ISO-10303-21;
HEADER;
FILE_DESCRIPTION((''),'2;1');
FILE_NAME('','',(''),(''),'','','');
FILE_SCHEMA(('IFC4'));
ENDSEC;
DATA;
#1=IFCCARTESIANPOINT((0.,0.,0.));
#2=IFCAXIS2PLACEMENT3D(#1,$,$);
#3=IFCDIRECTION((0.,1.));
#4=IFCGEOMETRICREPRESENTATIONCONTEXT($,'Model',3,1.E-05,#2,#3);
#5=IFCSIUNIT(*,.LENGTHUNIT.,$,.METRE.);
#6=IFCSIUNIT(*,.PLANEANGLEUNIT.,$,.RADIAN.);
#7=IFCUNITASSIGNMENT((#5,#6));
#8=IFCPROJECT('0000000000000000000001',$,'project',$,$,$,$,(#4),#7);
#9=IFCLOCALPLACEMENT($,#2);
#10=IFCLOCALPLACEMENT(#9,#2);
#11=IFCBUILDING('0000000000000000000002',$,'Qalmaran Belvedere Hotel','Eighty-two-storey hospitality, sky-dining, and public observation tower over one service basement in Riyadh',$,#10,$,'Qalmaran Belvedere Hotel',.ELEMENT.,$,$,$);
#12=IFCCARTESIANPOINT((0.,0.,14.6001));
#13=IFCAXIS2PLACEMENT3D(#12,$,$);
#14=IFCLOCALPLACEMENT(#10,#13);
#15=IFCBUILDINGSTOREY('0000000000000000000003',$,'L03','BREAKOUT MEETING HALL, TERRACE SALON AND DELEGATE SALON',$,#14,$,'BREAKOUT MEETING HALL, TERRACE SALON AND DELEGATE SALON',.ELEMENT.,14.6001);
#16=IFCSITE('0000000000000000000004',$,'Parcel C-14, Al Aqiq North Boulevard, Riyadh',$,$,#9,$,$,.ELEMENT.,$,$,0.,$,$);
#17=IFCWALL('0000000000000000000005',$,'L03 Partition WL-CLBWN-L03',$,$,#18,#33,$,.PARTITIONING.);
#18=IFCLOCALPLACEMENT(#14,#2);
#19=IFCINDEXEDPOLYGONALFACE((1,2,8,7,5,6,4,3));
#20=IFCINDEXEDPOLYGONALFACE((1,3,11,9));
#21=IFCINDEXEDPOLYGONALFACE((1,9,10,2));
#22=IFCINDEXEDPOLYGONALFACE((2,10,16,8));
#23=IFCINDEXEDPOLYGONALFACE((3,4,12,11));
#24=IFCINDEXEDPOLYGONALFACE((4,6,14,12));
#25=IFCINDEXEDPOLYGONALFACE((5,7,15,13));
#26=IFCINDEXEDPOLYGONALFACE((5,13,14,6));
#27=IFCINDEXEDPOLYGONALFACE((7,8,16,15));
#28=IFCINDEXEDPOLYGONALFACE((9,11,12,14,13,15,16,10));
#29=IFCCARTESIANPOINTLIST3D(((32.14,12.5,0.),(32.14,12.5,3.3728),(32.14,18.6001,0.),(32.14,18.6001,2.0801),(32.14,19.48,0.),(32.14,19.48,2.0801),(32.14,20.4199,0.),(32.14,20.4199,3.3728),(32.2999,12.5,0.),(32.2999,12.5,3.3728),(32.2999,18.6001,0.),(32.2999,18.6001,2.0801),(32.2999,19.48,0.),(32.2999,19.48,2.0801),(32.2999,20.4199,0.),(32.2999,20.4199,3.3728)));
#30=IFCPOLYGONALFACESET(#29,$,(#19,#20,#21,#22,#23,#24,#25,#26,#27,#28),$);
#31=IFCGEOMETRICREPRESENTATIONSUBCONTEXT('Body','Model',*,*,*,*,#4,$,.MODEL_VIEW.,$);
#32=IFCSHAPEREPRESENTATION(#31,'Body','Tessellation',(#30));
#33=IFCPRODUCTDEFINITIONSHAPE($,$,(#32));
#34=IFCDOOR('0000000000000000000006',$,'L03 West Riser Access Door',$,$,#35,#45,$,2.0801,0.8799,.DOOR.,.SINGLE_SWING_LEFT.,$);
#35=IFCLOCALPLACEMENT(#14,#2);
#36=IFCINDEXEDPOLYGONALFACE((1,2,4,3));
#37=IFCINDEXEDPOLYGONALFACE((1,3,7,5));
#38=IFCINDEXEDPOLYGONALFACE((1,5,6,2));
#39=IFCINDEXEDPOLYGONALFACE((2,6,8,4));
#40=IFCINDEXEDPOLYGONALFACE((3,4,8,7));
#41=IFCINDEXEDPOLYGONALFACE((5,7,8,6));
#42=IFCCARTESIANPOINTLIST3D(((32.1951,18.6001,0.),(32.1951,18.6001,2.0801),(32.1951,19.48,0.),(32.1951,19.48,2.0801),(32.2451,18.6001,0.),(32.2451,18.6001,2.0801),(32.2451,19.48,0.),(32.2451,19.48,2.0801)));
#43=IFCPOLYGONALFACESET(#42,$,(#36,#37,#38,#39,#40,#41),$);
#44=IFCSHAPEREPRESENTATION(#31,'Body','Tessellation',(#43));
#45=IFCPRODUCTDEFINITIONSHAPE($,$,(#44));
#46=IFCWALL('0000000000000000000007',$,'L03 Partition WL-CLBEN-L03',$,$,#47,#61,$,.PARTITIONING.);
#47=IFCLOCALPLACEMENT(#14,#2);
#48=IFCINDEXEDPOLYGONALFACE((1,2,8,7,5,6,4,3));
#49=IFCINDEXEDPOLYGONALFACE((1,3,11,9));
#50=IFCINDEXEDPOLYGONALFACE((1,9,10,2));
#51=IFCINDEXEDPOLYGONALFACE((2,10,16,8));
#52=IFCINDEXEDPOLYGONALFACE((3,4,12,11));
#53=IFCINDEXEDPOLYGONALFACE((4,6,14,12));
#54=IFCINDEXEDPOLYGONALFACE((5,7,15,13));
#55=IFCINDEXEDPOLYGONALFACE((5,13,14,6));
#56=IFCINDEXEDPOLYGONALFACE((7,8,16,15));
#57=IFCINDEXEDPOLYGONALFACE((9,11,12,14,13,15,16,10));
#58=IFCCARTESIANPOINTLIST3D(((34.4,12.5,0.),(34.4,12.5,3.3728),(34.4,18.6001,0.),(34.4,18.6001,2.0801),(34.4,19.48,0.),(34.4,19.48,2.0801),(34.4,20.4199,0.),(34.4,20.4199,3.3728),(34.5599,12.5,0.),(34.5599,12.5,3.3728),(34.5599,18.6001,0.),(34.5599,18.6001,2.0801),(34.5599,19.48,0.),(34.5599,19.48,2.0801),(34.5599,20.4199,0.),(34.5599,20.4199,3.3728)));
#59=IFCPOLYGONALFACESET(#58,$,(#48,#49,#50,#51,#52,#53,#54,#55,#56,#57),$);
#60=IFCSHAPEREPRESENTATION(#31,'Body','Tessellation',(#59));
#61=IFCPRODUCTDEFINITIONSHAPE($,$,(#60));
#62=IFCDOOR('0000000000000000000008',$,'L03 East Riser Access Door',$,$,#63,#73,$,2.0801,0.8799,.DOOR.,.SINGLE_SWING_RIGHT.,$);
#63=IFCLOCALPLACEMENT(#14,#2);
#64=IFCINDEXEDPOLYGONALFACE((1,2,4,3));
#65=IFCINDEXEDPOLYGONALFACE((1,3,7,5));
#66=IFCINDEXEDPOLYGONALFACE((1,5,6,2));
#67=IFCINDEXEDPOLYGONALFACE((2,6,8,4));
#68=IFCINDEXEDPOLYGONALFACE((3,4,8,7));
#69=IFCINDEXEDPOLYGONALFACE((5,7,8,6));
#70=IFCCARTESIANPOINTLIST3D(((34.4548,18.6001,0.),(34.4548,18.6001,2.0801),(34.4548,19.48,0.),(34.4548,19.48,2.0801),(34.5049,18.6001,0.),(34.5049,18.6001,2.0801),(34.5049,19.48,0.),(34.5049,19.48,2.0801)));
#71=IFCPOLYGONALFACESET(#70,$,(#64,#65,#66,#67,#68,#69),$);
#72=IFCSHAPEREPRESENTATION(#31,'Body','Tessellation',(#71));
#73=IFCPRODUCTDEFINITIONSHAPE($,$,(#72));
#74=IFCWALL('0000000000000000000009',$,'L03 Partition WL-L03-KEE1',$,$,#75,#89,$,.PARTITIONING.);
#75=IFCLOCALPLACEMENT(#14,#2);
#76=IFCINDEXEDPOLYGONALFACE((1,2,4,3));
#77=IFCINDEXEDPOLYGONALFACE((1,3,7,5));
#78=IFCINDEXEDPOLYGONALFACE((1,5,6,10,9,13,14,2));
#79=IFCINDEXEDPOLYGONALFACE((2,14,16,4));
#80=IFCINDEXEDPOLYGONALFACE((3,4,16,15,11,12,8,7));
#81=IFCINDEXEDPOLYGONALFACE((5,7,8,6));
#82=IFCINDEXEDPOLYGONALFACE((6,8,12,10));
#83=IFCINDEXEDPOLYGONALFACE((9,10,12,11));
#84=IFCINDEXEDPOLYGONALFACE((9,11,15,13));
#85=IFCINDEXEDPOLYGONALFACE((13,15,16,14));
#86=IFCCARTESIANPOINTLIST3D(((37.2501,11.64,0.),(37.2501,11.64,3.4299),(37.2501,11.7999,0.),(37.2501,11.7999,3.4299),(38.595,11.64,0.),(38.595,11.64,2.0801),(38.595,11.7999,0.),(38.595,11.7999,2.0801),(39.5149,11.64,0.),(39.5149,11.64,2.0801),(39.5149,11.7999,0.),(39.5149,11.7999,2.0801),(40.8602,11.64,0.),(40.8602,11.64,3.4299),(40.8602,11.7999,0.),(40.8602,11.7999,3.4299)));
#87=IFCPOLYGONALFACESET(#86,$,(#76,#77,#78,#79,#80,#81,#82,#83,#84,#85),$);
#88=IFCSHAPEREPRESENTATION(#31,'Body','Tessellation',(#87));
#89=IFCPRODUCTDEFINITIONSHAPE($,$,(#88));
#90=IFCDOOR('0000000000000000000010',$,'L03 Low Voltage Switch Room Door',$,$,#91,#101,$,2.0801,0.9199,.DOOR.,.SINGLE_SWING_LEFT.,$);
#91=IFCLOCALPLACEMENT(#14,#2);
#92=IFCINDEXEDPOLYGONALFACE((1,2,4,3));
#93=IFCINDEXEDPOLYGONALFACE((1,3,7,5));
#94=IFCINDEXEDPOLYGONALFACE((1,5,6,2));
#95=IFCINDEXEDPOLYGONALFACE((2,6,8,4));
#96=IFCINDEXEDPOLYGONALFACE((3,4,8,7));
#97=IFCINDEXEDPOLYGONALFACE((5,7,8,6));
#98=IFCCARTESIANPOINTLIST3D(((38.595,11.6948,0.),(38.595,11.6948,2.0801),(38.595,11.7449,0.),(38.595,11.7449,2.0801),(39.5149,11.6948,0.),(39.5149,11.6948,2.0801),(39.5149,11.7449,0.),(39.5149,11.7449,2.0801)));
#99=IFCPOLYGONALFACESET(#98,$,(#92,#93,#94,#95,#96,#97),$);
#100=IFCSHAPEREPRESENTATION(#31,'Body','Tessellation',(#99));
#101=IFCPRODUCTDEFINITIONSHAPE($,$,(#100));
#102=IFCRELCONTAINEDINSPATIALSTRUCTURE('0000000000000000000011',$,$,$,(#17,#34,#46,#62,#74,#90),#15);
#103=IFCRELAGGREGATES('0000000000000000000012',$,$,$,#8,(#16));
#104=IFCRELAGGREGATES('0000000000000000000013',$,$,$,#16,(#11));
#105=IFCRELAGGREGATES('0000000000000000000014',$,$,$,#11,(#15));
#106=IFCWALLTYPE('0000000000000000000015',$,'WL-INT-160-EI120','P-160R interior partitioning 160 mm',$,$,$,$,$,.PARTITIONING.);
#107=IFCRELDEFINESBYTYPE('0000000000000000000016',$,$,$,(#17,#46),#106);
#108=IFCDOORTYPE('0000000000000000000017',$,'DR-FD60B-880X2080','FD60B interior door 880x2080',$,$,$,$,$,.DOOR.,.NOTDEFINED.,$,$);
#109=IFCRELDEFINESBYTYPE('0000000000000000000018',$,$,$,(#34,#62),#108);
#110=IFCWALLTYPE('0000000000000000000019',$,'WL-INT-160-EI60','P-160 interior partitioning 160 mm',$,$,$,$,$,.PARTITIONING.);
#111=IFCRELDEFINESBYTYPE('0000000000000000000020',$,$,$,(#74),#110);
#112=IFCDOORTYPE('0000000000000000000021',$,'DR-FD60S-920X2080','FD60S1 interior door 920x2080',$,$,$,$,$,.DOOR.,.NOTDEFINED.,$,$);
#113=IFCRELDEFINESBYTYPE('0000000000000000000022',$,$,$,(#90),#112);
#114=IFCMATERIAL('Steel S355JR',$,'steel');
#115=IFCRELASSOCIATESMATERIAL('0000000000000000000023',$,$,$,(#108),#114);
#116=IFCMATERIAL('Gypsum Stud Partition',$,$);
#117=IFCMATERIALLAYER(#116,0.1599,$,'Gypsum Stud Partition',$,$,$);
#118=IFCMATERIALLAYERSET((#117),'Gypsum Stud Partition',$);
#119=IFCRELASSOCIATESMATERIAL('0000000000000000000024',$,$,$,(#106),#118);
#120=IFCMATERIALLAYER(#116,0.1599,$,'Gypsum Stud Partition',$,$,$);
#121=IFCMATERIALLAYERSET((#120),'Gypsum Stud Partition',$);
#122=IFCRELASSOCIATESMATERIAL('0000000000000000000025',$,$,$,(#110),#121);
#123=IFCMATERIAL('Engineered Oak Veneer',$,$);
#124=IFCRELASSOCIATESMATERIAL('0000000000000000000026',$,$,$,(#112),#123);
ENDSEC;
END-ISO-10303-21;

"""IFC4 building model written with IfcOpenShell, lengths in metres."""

from ifc_helpers import new_model, si_unit, direction, frame, frame_2d, origin, place, context, subcontext, project, spatial, rectangle, extrude, material, layer, layer_set, type_object, element, fill, save


model = new_model("IFC4")

# Units and contexts
model_context = context("Model", 3, precision=1e-05, world=origin(), true_north=direction((0.0, 1.0)))
body_context = subcontext(model_context, "Body", "Model", "MODEL_VIEW")
ifc_project = project(units=[si_unit("LENGTHUNIT", "METRE"), si_unit("PLANEANGLEUNIT", "RADIAN")], contexts=[model_context])

# Site, building, storey
site_placement = place(None, origin())
site = spatial("IfcSite", under=ifc_project, at=site_placement, Name="Parcel C-14, Al Aqiq North Boulevard, Riyadh", CompositionType="ELEMENT", RefElevation=0.0)
building_placement = place(site_placement, origin())
building = spatial("IfcBuilding", under=site, at=building_placement, Name="Qalmaran Belvedere Hotel", Description="Eighty-two-storey hospitality, sky-dining, and public observation tower over one service basement in Riyadh", LongName="Qalmaran Belvedere Hotel", CompositionType="ELEMENT")
storey_placement = place(building_placement, frame((0.0, 0.0, 14.6001)))
storey = spatial("IfcBuildingStorey", under=building, at=storey_placement, Name="L03", Description="BREAKOUT MEETING HALL, TERRACE SALON AND DELEGATE SALON", LongName="BREAKOUT MEETING HALL, TERRACE SALON AND DELEGATE SALON", CompositionType="ELEMENT", Elevation=14.6001)

# Shared definitions
ifc_material_1 = material(Name="Gypsum Stud Partition")

# Shared definitions
ifc_material_2 = material(Name="Steel S355JR", Category="steel")
door_type_1 = type_object("IfcDoorType", Name="DR-FD60B-880X2080", Description="FD60B interior door 880x2080", OperationType="NOTDEFINED", PredefinedType="DOOR", material=ifc_material_2)

# Shared definitions
ifc_layer_1 = layer(ifc_material_1, 0.1599, Name="Gypsum Stud Partition")
ifc_layer_set_1 = layer_set([ifc_layer_1], Name="Gypsum Stud Partition")
wall_type_1 = type_object("IfcWallType", Name="WL-INT-160-EI120", Description="P-160R interior partitioning 160 mm", PredefinedType="PARTITIONING", material=ifc_layer_set_1)

# Walls, openings, doors
wall_1_placement = place(storey_placement, frame((32.22, 12.5, 0.0), z_axis=(0.0, 0.0, 1.0), x_axis=(0.0, 1.0, 0.0)))
wall_1 = element("IfcWall", 1, at=wall_1_placement, inside=storey, type_object=wall_type_1, Name="L03 Partition WL-CLBWN-L03", PredefinedType="PARTITIONING", context=body_context, shape_type="SweptSolid", body=[
    extrude(rectangle(XDim=7.9199, YDim=0.1599, at=frame_2d((3.96, 0.0))), origin(), (0.0, 0.0, 1.0), 3.3728),
])
opening_1_placement = place(wall_1_placement, frame((6.1001, 0.0, 0.0)))
opening_1 = element("IfcOpeningElement", 2, at=opening_1_placement, cuts=wall_1, PredefinedType="OPENING", context=body_context, shape_type="SweptSolid", body=[
    extrude(rectangle(XDim=0.8799, YDim=2.0801, at=frame_2d((0.4399, 1.04))), frame((0.0, 0.0898, 0.0), z_axis=(0.0, -1.0, 0.0), x_axis=(1.0, 0.0, 0.0)), (0.0, 0.0, 1.0), 0.1799),
])
door_1_placement = place(opening_1_placement, origin())
door_1 = element("IfcDoor", 3, at=door_1_placement, inside=storey, type_object=door_type_1, Name="L03 West Riser Access Door", OperationType="SINGLE_SWING_LEFT", OverallHeight=2.0801, OverallWidth=0.8799, PredefinedType="DOOR", context=body_context, shape_type="SweptSolid", body=[
    extrude(rectangle(XDim=0.8799, YDim=2.0801, at=frame_2d((0.4399, 1.04))), frame((0.0, 0.0249, 0.0), z_axis=(0.0, -1.0, 0.0), x_axis=(1.0, 0.0, 0.0)), (0.0, 0.0, 1.0), 0.05),
])
fill(opening_1, door_1)
wall_2_placement = place(storey_placement, frame((34.48, 12.5, 0.0), z_axis=(0.0, 0.0, 1.0), x_axis=(0.0, 1.0, 0.0)))
wall_2 = element("IfcWall", 4, at=wall_2_placement, inside=storey, type_object=wall_type_1, Name="L03 Partition WL-CLBEN-L03", PredefinedType="PARTITIONING", context=body_context, shape_type="SweptSolid", body=[
    extrude(rectangle(XDim=7.9199, YDim=0.1599, at=frame_2d((3.96, 0.0))), origin(), (0.0, 0.0, 1.0), 3.3728),
])
opening_2_placement = place(wall_2_placement, frame((6.98, 0.0, 0.0), z_axis=(0.0, 0.0, 1.0), x_axis=(-1.0, 0.0, 0.0)))
opening_2 = element("IfcOpeningElement", 5, at=opening_2_placement, cuts=wall_2, PredefinedType="OPENING", context=body_context, shape_type="SweptSolid", body=[
    extrude(rectangle(XDim=0.8799, YDim=2.0801, at=frame_2d((0.4399, 1.04))), frame((0.0, 0.0898, 0.0), z_axis=(0.0, -1.0, 0.0), x_axis=(1.0, 0.0, 0.0)), (0.0, 0.0, 1.0), 0.1799),
])
door_2_placement = place(opening_2_placement, origin())
door_2 = element("IfcDoor", 6, at=door_2_placement, inside=storey, type_object=door_type_1, Name="L03 East Riser Access Door", OperationType="SINGLE_SWING_RIGHT", OverallHeight=2.0801, OverallWidth=0.8799, PredefinedType="DOOR", context=body_context, shape_type="SweptSolid", body=[
    extrude(rectangle(XDim=0.8799, YDim=2.0801, at=frame_2d((0.4399, 1.04))), frame((0.0, 0.0249, 0.0), z_axis=(0.0, -1.0, 0.0), x_axis=(1.0, 0.0, 0.0)), (0.0, 0.0, 1.0), 0.05),
])
fill(opening_2, door_2)
ifc_layer_2 = layer(ifc_material_1, 0.1599, Name="Gypsum Stud Partition")
ifc_layer_set_2 = layer_set([ifc_layer_2], Name="Gypsum Stud Partition")
wall_type_2 = type_object("IfcWallType", Name="WL-INT-160-EI60", Description="P-160 interior partitioning 160 mm", PredefinedType="PARTITIONING", material=ifc_layer_set_2)
wall_3_placement = place(storey_placement, frame((37.25, 11.72, 0.0), z_axis=(0.0, 0.0, 1.0), x_axis=(1.0, 0.0, 0.0)))
wall_3 = element("IfcWall", 7, at=wall_3_placement, inside=storey, type_object=wall_type_2, Name="L03 Partition WL-L03-KEE1", PredefinedType="PARTITIONING", context=body_context, shape_type="SweptSolid", body=[
    extrude(rectangle(XDim=3.6101, YDim=0.1599, at=frame_2d((1.8052, 0.0))), origin(), (0.0, 0.0, 1.0), 3.4299),
])
opening_3_placement = place(wall_3_placement, frame((1.345, 0.0, 0.0)))
opening_3 = element("IfcOpeningElement", 8, at=opening_3_placement, cuts=wall_3, PredefinedType="OPENING", context=body_context, shape_type="SweptSolid", body=[
    extrude(rectangle(XDim=0.9199, YDim=2.0801, at=frame_2d((0.46, 1.04))), frame((0.0, 0.0898, 0.0), z_axis=(0.0, -1.0, 0.0), x_axis=(1.0, 0.0, 0.0)), (0.0, 0.0, 1.0), 0.1799),
])
ifc_material_3 = material(Name="Engineered Oak Veneer")
door_type_2 = type_object("IfcDoorType", Name="DR-FD60S-920X2080", Description="FD60S1 interior door 920x2080", OperationType="NOTDEFINED", PredefinedType="DOOR", material=ifc_material_3)
door_3_placement = place(opening_3_placement, origin())
door_3 = element("IfcDoor", 9, at=door_3_placement, inside=storey, type_object=door_type_2, Name="L03 Low Voltage Switch Room Door", OperationType="SINGLE_SWING_LEFT", OverallHeight=2.0801, OverallWidth=0.9199, PredefinedType="DOOR", context=body_context, shape_type="SweptSolid", body=[
    extrude(rectangle(XDim=0.9199, YDim=2.0801, at=frame_2d((0.46, 1.04))), frame((0.0, 0.0249, 0.0), z_axis=(0.0, -1.0, 0.0), x_axis=(1.0, 0.0, 0.0)), (0.0, 0.0, 1.0), 0.05),
])
fill(opening_3, door_3)

save(model, "model.ifc")
